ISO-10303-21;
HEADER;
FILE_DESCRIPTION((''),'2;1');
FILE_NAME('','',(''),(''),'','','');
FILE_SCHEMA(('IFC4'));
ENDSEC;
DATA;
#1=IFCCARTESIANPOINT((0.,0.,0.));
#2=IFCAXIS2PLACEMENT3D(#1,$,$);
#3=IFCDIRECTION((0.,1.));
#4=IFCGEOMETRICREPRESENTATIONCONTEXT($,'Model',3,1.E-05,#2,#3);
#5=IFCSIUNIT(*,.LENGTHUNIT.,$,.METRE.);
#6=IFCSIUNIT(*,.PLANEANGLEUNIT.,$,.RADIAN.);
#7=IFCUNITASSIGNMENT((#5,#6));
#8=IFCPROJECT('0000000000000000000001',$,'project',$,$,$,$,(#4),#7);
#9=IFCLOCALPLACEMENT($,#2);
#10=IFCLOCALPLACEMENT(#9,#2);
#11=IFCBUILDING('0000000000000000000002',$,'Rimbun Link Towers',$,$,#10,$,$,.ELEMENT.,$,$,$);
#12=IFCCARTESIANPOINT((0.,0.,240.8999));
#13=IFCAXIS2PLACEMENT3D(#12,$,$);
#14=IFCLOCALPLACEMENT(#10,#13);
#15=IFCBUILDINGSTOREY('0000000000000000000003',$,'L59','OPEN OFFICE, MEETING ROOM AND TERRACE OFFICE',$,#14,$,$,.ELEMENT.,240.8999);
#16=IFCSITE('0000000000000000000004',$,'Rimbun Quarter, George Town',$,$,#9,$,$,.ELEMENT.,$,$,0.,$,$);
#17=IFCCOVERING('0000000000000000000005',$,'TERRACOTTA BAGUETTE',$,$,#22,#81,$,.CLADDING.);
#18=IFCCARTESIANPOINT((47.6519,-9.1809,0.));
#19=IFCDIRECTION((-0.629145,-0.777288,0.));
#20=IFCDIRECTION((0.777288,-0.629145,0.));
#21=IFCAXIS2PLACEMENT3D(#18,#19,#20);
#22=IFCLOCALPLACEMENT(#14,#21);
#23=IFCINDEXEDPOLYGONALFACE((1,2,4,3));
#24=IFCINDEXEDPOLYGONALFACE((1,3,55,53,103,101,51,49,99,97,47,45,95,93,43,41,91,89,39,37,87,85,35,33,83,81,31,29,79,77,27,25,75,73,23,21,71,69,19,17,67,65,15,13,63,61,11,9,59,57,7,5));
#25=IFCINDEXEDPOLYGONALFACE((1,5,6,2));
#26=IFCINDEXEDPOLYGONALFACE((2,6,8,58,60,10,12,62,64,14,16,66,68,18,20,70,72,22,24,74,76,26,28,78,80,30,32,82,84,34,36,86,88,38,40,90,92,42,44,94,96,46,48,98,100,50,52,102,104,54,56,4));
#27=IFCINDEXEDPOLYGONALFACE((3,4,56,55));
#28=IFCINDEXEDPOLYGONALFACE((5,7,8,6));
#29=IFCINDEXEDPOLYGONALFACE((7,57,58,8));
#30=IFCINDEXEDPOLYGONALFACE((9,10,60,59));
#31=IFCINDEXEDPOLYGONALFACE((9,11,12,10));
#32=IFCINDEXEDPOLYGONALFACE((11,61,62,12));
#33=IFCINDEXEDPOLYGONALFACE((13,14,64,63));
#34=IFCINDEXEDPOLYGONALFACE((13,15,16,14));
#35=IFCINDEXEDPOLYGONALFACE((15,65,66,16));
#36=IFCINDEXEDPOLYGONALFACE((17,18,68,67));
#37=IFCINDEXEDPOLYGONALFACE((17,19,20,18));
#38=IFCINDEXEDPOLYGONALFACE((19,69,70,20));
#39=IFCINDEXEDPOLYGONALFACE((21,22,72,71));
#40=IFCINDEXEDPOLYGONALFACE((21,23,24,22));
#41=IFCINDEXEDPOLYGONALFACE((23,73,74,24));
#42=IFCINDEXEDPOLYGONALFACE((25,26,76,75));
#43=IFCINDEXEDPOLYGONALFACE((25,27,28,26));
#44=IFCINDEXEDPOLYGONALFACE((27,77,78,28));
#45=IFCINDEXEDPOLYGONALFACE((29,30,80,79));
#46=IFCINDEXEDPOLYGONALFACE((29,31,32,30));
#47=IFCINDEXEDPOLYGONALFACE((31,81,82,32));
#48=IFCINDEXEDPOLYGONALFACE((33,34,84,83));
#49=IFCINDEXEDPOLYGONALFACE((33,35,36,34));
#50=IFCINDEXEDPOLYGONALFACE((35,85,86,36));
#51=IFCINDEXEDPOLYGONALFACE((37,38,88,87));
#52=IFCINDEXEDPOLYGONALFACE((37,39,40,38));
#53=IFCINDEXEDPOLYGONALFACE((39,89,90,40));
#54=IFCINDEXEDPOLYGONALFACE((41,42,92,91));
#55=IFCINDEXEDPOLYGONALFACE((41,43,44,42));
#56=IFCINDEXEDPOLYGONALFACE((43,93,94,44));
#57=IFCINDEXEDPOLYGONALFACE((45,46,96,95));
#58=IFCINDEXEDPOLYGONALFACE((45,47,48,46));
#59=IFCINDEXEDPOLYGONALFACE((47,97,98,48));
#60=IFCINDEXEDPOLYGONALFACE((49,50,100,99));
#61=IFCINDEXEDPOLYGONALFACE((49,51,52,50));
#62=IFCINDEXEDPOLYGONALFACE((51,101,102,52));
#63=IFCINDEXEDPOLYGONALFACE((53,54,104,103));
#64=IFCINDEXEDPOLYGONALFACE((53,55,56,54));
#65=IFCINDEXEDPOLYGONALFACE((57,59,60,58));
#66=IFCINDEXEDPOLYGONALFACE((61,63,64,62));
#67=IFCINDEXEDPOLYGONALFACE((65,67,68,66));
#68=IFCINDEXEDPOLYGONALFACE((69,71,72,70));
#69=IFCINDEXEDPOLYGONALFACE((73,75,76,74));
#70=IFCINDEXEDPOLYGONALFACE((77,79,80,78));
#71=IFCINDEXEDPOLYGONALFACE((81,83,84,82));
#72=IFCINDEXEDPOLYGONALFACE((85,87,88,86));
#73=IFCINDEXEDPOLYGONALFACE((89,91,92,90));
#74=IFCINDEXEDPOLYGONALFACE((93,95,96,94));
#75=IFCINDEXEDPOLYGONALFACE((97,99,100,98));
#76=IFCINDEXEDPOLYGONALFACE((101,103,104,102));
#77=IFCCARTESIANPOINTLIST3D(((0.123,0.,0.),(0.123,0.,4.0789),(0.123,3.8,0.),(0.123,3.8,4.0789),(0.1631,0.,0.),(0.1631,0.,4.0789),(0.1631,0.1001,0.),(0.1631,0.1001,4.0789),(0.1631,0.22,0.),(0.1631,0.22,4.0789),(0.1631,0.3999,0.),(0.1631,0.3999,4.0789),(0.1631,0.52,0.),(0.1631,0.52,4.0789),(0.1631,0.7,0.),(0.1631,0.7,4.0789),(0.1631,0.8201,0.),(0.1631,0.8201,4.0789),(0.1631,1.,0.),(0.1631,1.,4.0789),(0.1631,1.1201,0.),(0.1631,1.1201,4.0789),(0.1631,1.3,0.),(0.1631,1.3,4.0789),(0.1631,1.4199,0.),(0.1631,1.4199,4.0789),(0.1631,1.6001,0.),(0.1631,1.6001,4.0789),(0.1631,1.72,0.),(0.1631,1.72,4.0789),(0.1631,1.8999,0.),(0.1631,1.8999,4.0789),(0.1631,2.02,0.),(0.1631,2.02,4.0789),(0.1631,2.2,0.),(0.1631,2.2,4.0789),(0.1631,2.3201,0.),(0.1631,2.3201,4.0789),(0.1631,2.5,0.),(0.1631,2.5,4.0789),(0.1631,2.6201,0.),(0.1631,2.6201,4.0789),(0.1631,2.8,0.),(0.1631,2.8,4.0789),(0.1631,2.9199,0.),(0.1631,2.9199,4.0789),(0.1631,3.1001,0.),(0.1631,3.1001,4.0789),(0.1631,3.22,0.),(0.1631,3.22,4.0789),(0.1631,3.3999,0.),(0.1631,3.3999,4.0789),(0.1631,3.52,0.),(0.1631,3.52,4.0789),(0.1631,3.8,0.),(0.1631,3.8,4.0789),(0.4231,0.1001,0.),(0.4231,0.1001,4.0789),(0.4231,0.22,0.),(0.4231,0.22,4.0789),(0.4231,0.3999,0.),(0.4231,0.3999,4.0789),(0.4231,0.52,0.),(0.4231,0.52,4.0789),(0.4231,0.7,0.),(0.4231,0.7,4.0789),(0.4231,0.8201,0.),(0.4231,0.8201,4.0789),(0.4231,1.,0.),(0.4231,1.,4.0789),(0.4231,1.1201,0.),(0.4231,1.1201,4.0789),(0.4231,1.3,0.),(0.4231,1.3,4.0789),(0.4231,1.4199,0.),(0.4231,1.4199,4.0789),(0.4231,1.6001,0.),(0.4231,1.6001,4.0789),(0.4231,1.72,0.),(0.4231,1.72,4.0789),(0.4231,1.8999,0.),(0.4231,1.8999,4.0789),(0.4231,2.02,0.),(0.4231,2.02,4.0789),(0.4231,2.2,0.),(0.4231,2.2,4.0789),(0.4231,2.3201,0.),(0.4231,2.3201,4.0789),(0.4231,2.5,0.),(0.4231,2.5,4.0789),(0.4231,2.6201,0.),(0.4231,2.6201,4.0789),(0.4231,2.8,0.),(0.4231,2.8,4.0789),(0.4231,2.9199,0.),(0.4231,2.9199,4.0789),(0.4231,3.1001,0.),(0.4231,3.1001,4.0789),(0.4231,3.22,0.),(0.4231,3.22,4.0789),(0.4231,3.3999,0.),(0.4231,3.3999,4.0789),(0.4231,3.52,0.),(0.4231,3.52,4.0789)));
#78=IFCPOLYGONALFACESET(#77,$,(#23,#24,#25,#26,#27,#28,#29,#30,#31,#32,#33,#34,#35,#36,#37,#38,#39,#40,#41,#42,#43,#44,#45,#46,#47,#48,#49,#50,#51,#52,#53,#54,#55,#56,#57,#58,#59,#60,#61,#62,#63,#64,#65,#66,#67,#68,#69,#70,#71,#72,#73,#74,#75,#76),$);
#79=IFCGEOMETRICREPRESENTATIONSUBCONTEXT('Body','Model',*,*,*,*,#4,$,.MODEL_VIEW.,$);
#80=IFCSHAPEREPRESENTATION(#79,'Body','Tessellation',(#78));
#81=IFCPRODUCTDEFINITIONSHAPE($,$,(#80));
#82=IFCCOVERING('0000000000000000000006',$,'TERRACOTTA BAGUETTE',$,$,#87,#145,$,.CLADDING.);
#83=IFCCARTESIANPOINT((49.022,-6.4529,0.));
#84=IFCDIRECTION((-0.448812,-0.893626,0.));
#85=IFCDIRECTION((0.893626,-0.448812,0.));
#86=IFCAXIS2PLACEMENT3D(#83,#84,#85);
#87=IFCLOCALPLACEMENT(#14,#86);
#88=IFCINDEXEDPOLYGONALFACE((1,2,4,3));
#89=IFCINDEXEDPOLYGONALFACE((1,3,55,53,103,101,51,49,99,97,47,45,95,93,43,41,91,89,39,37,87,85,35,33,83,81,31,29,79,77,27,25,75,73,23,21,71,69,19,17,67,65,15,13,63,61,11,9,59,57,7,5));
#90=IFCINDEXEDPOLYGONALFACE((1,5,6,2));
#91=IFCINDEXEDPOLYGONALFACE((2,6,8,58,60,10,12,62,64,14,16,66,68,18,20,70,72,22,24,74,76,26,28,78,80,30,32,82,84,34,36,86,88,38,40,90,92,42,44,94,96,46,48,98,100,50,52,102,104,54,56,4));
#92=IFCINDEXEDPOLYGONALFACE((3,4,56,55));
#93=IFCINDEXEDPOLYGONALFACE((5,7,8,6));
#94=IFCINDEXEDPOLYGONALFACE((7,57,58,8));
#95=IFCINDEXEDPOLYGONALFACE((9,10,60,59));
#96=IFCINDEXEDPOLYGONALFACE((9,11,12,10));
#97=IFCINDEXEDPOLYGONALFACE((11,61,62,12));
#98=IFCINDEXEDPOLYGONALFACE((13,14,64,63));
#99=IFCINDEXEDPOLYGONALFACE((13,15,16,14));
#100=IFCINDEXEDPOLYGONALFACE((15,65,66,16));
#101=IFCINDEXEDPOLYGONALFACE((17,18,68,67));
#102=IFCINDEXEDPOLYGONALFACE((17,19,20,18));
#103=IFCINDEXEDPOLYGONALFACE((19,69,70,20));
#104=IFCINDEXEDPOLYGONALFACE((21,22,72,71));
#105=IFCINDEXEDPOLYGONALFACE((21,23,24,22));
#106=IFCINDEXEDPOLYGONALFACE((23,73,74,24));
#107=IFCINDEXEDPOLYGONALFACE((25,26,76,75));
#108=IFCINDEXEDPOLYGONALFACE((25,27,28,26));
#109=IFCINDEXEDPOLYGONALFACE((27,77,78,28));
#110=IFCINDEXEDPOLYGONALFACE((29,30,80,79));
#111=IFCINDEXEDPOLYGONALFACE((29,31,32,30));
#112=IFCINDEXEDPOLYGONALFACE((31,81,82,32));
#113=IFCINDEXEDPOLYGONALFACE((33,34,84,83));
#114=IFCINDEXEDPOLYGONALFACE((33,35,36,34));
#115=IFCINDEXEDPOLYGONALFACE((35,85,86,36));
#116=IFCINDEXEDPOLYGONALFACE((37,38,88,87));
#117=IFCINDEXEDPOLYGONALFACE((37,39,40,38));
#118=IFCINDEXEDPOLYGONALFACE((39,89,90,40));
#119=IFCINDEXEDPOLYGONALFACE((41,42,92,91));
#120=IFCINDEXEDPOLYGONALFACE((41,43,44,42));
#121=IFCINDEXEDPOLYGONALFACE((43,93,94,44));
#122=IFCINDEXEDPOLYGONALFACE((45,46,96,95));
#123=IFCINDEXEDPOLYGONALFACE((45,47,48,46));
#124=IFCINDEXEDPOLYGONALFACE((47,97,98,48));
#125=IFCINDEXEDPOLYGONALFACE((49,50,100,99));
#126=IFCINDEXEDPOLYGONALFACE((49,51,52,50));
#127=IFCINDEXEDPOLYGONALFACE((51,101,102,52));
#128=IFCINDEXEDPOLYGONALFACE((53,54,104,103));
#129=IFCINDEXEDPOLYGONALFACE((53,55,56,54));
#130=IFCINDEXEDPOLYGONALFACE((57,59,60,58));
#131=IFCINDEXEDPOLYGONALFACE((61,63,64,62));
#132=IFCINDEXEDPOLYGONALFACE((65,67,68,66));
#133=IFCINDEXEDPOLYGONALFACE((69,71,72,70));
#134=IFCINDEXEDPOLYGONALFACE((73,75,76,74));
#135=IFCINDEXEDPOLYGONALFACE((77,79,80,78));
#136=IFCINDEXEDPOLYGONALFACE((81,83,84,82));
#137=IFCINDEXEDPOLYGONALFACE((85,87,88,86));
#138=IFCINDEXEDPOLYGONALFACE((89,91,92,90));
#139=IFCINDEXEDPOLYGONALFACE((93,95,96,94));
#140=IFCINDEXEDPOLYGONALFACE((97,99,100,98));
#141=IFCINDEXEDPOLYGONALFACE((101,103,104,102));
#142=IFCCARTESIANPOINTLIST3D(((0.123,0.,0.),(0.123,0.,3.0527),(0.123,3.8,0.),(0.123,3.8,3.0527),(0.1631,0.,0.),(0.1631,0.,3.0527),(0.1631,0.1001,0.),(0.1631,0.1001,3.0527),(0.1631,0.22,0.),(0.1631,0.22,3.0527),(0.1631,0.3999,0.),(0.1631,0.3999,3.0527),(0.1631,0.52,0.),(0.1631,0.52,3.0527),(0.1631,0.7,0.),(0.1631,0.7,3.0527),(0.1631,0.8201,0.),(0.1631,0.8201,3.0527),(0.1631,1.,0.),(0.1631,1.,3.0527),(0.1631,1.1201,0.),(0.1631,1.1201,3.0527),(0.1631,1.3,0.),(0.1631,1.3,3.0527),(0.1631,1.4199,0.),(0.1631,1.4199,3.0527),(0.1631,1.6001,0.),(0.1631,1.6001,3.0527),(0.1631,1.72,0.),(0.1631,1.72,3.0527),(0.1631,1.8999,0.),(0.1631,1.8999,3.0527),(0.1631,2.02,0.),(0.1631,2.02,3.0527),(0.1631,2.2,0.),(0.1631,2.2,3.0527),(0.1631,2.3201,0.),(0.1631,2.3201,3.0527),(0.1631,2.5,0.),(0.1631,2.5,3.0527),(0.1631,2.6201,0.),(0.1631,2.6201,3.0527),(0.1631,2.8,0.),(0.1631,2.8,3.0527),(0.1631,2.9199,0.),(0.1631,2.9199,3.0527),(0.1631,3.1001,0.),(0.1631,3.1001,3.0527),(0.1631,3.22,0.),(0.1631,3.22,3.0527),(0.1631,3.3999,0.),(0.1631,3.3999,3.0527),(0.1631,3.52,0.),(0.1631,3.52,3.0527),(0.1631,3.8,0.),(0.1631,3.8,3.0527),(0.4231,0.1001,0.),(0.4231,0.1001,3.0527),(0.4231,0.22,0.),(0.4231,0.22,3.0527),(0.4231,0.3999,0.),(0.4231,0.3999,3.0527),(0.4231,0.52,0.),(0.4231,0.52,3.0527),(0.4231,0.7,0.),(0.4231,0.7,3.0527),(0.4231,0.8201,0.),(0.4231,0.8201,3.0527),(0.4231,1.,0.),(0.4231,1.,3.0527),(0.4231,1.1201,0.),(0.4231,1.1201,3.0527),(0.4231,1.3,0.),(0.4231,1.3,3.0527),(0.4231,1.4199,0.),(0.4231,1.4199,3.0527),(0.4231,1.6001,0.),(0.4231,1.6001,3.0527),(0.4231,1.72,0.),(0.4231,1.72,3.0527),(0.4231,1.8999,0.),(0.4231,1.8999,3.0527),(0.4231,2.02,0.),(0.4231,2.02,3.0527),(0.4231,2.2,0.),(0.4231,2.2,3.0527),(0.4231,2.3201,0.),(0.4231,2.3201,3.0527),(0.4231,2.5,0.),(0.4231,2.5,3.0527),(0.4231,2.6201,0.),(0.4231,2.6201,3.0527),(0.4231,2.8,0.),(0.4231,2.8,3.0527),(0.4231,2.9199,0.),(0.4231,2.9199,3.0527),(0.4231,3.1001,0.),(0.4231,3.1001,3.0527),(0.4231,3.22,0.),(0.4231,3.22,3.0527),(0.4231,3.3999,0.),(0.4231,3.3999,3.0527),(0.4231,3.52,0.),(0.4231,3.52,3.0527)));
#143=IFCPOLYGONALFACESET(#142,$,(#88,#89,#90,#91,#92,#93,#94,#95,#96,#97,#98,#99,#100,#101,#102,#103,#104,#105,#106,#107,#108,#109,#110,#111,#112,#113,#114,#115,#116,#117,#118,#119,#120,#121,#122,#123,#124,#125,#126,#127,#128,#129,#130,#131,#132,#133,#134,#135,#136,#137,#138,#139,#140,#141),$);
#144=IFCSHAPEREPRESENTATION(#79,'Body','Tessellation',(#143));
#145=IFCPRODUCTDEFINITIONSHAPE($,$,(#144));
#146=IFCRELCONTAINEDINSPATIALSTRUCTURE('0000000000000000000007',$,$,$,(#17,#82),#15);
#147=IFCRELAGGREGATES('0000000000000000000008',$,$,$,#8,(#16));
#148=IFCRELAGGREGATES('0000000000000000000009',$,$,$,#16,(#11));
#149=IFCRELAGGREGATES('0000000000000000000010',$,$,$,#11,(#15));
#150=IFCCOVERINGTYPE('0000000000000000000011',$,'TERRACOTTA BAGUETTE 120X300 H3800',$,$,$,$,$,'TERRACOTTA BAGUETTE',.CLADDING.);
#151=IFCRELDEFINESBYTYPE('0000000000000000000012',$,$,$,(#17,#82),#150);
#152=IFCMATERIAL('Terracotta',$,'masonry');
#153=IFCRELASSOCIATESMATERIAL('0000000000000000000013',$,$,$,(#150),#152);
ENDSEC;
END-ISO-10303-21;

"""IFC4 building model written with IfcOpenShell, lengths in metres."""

from ifc_helpers import new_model, si_unit, direction, frame, origin, place, context, subcontext, project, spatial, polyline, outline, extrude, material, material_profile, profile_set, type_object, element, save


model = new_model("IFC4")

# Units and contexts
model_context = context("Model", 3, precision=1e-05, world=origin(), true_north=direction((0.0, 1.0)))
body_context = subcontext(model_context, "Body", "Model", "MODEL_VIEW")
ifc_project = project(units=[si_unit("LENGTHUNIT", "METRE"), si_unit("PLANEANGLEUNIT", "RADIAN")], contexts=[model_context])

# Site, building, storey
site_placement = place(None, origin())
site = spatial("IfcSite", under=ifc_project, at=site_placement, Name="Rimbun Quarter, George Town", CompositionType="ELEMENT", RefElevation=0.0)
building_placement = place(site_placement, origin())
building = spatial("IfcBuilding", under=site, at=building_placement, Name="Rimbun Link Towers", CompositionType="ELEMENT")
storey_placement = place(building_placement, frame((0.0, 0.0, 240.8999)))
storey = spatial("IfcBuildingStorey", under=building, at=storey_placement, Name="L59", Description="OPEN OFFICE, MEETING ROOM AND TERRACE OFFICE", CompositionType="ELEMENT", Elevation=240.8999)

# Coverings
ifc_material_1 = material(Name="Terracotta", Category="masonry")
ifc_material_profile_1 = material_profile(ifc_material_1, outline(polyline([(0.123, 0.0), (0.1631, 0.0), (0.1631, 0.1001), (0.4231, 0.1001), (0.4231, 0.22), (0.1631, 0.22), (0.1631, 0.3999), (0.4231, 0.3999), (0.4231, 0.52), (0.1631, 0.52), (0.1631, 0.7), (0.4231, 0.7), (0.4231, 0.8201), (0.1631, 0.8201), (0.1631, 1.0), (0.4231, 1.0), (0.4231, 1.1201), (0.1631, 1.1201), (0.1631, 1.3), (0.4231, 1.3), (0.4231, 1.4199), (0.1631, 1.4199), (0.1631, 1.6001), (0.4231, 1.6001), (0.4231, 1.72), (0.1631, 1.72), (0.1631, 1.8999), (0.4231, 1.8999), (0.4231, 2.02), (0.1631, 2.02), (0.1631, 2.2), (0.4231, 2.2), (0.4231, 2.3201), (0.1631, 2.3201), (0.1631, 2.5), (0.4231, 2.5), (0.4231, 2.6201), (0.1631, 2.6201), (0.1631, 2.8), (0.4231, 2.8), (0.4231, 2.9199), (0.1631, 2.9199), (0.1631, 3.1001), (0.4231, 3.1001), (0.4231, 3.22), (0.1631, 3.22), (0.1631, 3.3999), (0.4231, 3.3999), (0.4231, 3.52), (0.1631, 3.52), (0.1631, 3.8), (0.123, 3.8), (0.123, 0.0)])), Name="BAGUETTE 120X300")
ifc_profile_set_1 = profile_set([ifc_material_profile_1], Name="Terracotta")
covering_type = type_object("IfcCoveringType", Name="TERRACOTTA BAGUETTE 120X300 H3800", ElementType="TERRACOTTA BAGUETTE", PredefinedType="CLADDING", material=ifc_profile_set_1)
covering_1_placement = place(storey_placement, frame((47.6519, -9.1809, 0.0), z_axis=(-0.629145, -0.777288, 0.0), x_axis=(0.777288, -0.629145, 0.0)))
element("IfcCovering", 1, at=covering_1_placement, inside=storey, type_object=covering_type, Name="TERRACOTTA BAGUETTE", PredefinedType="CLADDING", context=body_context, shape_type="SweptSolid", body=[
    extrude(outline(polyline([(0.123, 0.0), (0.1631, 0.0), (0.1631, 0.1001), (0.4231, 0.1001), (0.4231, 0.22), (0.1631, 0.22), (0.1631, 0.3999), (0.4231, 0.3999), (0.4231, 0.52), (0.1631, 0.52), (0.1631, 0.7), (0.4231, 0.7), (0.4231, 0.8201), (0.1631, 0.8201), (0.1631, 1.0), (0.4231, 1.0), (0.4231, 1.1201), (0.1631, 1.1201), (0.1631, 1.3), (0.4231, 1.3), (0.4231, 1.4199), (0.1631, 1.4199), (0.1631, 1.6001), (0.4231, 1.6001), (0.4231, 1.72), (0.1631, 1.72), (0.1631, 1.8999), (0.4231, 1.8999), (0.4231, 2.02), (0.1631, 2.02), (0.1631, 2.2), (0.4231, 2.2), (0.4231, 2.3201), (0.1631, 2.3201), (0.1631, 2.5), (0.4231, 2.5), (0.4231, 2.6201), (0.1631, 2.6201), (0.1631, 2.8), (0.4231, 2.8), (0.4231, 2.9199), (0.1631, 2.9199), (0.1631, 3.1001), (0.4231, 3.1001), (0.4231, 3.22), (0.1631, 3.22), (0.1631, 3.3999), (0.4231, 3.3999), (0.4231, 3.52), (0.1631, 3.52), (0.1631, 3.8), (0.123, 3.8), (0.123, 0.0)])), origin(), (0.0, 0.0, 1.0), 4.0789),
])
covering_2_placement = place(storey_placement, frame((49.022, -6.4529, 0.0), z_axis=(-0.448812, -0.893626, 0.0), x_axis=(0.893626, -0.448812, 0.0)))
element("IfcCovering", 2, at=covering_2_placement, inside=storey, type_object=covering_type, Name="TERRACOTTA BAGUETTE", PredefinedType="CLADDING", context=body_context, shape_type="SweptSolid", body=[
    extrude(outline(polyline([(0.123, 0.0), (0.1631, 0.0), (0.1631, 0.1001), (0.4231, 0.1001), (0.4231, 0.22), (0.1631, 0.22), (0.1631, 0.3999), (0.4231, 0.3999), (0.4231, 0.52), (0.1631, 0.52), (0.1631, 0.7), (0.4231, 0.7), (0.4231, 0.8201), (0.1631, 0.8201), (0.1631, 1.0), (0.4231, 1.0), (0.4231, 1.1201), (0.1631, 1.1201), (0.1631, 1.3), (0.4231, 1.3), (0.4231, 1.4199), (0.1631, 1.4199), (0.1631, 1.6001), (0.4231, 1.6001), (0.4231, 1.72), (0.1631, 1.72), (0.1631, 1.8999), (0.4231, 1.8999), (0.4231, 2.02), (0.1631, 2.02), (0.1631, 2.2), (0.4231, 2.2), (0.4231, 2.3201), (0.1631, 2.3201), (0.1631, 2.5), (0.4231, 2.5), (0.4231, 2.6201), (0.1631, 2.6201), (0.1631, 2.8), (0.4231, 2.8), (0.4231, 2.9199), (0.1631, 2.9199), (0.1631, 3.1001), (0.4231, 3.1001), (0.4231, 3.22), (0.1631, 3.22), (0.1631, 3.3999), (0.4231, 3.3999), (0.4231, 3.52), (0.1631, 3.52), (0.1631, 3.8), (0.123, 3.8), (0.123, 0.0)])), origin(), (0.0, 0.0, 1.0), 3.0527),
])

save(model, "model.ifc")
